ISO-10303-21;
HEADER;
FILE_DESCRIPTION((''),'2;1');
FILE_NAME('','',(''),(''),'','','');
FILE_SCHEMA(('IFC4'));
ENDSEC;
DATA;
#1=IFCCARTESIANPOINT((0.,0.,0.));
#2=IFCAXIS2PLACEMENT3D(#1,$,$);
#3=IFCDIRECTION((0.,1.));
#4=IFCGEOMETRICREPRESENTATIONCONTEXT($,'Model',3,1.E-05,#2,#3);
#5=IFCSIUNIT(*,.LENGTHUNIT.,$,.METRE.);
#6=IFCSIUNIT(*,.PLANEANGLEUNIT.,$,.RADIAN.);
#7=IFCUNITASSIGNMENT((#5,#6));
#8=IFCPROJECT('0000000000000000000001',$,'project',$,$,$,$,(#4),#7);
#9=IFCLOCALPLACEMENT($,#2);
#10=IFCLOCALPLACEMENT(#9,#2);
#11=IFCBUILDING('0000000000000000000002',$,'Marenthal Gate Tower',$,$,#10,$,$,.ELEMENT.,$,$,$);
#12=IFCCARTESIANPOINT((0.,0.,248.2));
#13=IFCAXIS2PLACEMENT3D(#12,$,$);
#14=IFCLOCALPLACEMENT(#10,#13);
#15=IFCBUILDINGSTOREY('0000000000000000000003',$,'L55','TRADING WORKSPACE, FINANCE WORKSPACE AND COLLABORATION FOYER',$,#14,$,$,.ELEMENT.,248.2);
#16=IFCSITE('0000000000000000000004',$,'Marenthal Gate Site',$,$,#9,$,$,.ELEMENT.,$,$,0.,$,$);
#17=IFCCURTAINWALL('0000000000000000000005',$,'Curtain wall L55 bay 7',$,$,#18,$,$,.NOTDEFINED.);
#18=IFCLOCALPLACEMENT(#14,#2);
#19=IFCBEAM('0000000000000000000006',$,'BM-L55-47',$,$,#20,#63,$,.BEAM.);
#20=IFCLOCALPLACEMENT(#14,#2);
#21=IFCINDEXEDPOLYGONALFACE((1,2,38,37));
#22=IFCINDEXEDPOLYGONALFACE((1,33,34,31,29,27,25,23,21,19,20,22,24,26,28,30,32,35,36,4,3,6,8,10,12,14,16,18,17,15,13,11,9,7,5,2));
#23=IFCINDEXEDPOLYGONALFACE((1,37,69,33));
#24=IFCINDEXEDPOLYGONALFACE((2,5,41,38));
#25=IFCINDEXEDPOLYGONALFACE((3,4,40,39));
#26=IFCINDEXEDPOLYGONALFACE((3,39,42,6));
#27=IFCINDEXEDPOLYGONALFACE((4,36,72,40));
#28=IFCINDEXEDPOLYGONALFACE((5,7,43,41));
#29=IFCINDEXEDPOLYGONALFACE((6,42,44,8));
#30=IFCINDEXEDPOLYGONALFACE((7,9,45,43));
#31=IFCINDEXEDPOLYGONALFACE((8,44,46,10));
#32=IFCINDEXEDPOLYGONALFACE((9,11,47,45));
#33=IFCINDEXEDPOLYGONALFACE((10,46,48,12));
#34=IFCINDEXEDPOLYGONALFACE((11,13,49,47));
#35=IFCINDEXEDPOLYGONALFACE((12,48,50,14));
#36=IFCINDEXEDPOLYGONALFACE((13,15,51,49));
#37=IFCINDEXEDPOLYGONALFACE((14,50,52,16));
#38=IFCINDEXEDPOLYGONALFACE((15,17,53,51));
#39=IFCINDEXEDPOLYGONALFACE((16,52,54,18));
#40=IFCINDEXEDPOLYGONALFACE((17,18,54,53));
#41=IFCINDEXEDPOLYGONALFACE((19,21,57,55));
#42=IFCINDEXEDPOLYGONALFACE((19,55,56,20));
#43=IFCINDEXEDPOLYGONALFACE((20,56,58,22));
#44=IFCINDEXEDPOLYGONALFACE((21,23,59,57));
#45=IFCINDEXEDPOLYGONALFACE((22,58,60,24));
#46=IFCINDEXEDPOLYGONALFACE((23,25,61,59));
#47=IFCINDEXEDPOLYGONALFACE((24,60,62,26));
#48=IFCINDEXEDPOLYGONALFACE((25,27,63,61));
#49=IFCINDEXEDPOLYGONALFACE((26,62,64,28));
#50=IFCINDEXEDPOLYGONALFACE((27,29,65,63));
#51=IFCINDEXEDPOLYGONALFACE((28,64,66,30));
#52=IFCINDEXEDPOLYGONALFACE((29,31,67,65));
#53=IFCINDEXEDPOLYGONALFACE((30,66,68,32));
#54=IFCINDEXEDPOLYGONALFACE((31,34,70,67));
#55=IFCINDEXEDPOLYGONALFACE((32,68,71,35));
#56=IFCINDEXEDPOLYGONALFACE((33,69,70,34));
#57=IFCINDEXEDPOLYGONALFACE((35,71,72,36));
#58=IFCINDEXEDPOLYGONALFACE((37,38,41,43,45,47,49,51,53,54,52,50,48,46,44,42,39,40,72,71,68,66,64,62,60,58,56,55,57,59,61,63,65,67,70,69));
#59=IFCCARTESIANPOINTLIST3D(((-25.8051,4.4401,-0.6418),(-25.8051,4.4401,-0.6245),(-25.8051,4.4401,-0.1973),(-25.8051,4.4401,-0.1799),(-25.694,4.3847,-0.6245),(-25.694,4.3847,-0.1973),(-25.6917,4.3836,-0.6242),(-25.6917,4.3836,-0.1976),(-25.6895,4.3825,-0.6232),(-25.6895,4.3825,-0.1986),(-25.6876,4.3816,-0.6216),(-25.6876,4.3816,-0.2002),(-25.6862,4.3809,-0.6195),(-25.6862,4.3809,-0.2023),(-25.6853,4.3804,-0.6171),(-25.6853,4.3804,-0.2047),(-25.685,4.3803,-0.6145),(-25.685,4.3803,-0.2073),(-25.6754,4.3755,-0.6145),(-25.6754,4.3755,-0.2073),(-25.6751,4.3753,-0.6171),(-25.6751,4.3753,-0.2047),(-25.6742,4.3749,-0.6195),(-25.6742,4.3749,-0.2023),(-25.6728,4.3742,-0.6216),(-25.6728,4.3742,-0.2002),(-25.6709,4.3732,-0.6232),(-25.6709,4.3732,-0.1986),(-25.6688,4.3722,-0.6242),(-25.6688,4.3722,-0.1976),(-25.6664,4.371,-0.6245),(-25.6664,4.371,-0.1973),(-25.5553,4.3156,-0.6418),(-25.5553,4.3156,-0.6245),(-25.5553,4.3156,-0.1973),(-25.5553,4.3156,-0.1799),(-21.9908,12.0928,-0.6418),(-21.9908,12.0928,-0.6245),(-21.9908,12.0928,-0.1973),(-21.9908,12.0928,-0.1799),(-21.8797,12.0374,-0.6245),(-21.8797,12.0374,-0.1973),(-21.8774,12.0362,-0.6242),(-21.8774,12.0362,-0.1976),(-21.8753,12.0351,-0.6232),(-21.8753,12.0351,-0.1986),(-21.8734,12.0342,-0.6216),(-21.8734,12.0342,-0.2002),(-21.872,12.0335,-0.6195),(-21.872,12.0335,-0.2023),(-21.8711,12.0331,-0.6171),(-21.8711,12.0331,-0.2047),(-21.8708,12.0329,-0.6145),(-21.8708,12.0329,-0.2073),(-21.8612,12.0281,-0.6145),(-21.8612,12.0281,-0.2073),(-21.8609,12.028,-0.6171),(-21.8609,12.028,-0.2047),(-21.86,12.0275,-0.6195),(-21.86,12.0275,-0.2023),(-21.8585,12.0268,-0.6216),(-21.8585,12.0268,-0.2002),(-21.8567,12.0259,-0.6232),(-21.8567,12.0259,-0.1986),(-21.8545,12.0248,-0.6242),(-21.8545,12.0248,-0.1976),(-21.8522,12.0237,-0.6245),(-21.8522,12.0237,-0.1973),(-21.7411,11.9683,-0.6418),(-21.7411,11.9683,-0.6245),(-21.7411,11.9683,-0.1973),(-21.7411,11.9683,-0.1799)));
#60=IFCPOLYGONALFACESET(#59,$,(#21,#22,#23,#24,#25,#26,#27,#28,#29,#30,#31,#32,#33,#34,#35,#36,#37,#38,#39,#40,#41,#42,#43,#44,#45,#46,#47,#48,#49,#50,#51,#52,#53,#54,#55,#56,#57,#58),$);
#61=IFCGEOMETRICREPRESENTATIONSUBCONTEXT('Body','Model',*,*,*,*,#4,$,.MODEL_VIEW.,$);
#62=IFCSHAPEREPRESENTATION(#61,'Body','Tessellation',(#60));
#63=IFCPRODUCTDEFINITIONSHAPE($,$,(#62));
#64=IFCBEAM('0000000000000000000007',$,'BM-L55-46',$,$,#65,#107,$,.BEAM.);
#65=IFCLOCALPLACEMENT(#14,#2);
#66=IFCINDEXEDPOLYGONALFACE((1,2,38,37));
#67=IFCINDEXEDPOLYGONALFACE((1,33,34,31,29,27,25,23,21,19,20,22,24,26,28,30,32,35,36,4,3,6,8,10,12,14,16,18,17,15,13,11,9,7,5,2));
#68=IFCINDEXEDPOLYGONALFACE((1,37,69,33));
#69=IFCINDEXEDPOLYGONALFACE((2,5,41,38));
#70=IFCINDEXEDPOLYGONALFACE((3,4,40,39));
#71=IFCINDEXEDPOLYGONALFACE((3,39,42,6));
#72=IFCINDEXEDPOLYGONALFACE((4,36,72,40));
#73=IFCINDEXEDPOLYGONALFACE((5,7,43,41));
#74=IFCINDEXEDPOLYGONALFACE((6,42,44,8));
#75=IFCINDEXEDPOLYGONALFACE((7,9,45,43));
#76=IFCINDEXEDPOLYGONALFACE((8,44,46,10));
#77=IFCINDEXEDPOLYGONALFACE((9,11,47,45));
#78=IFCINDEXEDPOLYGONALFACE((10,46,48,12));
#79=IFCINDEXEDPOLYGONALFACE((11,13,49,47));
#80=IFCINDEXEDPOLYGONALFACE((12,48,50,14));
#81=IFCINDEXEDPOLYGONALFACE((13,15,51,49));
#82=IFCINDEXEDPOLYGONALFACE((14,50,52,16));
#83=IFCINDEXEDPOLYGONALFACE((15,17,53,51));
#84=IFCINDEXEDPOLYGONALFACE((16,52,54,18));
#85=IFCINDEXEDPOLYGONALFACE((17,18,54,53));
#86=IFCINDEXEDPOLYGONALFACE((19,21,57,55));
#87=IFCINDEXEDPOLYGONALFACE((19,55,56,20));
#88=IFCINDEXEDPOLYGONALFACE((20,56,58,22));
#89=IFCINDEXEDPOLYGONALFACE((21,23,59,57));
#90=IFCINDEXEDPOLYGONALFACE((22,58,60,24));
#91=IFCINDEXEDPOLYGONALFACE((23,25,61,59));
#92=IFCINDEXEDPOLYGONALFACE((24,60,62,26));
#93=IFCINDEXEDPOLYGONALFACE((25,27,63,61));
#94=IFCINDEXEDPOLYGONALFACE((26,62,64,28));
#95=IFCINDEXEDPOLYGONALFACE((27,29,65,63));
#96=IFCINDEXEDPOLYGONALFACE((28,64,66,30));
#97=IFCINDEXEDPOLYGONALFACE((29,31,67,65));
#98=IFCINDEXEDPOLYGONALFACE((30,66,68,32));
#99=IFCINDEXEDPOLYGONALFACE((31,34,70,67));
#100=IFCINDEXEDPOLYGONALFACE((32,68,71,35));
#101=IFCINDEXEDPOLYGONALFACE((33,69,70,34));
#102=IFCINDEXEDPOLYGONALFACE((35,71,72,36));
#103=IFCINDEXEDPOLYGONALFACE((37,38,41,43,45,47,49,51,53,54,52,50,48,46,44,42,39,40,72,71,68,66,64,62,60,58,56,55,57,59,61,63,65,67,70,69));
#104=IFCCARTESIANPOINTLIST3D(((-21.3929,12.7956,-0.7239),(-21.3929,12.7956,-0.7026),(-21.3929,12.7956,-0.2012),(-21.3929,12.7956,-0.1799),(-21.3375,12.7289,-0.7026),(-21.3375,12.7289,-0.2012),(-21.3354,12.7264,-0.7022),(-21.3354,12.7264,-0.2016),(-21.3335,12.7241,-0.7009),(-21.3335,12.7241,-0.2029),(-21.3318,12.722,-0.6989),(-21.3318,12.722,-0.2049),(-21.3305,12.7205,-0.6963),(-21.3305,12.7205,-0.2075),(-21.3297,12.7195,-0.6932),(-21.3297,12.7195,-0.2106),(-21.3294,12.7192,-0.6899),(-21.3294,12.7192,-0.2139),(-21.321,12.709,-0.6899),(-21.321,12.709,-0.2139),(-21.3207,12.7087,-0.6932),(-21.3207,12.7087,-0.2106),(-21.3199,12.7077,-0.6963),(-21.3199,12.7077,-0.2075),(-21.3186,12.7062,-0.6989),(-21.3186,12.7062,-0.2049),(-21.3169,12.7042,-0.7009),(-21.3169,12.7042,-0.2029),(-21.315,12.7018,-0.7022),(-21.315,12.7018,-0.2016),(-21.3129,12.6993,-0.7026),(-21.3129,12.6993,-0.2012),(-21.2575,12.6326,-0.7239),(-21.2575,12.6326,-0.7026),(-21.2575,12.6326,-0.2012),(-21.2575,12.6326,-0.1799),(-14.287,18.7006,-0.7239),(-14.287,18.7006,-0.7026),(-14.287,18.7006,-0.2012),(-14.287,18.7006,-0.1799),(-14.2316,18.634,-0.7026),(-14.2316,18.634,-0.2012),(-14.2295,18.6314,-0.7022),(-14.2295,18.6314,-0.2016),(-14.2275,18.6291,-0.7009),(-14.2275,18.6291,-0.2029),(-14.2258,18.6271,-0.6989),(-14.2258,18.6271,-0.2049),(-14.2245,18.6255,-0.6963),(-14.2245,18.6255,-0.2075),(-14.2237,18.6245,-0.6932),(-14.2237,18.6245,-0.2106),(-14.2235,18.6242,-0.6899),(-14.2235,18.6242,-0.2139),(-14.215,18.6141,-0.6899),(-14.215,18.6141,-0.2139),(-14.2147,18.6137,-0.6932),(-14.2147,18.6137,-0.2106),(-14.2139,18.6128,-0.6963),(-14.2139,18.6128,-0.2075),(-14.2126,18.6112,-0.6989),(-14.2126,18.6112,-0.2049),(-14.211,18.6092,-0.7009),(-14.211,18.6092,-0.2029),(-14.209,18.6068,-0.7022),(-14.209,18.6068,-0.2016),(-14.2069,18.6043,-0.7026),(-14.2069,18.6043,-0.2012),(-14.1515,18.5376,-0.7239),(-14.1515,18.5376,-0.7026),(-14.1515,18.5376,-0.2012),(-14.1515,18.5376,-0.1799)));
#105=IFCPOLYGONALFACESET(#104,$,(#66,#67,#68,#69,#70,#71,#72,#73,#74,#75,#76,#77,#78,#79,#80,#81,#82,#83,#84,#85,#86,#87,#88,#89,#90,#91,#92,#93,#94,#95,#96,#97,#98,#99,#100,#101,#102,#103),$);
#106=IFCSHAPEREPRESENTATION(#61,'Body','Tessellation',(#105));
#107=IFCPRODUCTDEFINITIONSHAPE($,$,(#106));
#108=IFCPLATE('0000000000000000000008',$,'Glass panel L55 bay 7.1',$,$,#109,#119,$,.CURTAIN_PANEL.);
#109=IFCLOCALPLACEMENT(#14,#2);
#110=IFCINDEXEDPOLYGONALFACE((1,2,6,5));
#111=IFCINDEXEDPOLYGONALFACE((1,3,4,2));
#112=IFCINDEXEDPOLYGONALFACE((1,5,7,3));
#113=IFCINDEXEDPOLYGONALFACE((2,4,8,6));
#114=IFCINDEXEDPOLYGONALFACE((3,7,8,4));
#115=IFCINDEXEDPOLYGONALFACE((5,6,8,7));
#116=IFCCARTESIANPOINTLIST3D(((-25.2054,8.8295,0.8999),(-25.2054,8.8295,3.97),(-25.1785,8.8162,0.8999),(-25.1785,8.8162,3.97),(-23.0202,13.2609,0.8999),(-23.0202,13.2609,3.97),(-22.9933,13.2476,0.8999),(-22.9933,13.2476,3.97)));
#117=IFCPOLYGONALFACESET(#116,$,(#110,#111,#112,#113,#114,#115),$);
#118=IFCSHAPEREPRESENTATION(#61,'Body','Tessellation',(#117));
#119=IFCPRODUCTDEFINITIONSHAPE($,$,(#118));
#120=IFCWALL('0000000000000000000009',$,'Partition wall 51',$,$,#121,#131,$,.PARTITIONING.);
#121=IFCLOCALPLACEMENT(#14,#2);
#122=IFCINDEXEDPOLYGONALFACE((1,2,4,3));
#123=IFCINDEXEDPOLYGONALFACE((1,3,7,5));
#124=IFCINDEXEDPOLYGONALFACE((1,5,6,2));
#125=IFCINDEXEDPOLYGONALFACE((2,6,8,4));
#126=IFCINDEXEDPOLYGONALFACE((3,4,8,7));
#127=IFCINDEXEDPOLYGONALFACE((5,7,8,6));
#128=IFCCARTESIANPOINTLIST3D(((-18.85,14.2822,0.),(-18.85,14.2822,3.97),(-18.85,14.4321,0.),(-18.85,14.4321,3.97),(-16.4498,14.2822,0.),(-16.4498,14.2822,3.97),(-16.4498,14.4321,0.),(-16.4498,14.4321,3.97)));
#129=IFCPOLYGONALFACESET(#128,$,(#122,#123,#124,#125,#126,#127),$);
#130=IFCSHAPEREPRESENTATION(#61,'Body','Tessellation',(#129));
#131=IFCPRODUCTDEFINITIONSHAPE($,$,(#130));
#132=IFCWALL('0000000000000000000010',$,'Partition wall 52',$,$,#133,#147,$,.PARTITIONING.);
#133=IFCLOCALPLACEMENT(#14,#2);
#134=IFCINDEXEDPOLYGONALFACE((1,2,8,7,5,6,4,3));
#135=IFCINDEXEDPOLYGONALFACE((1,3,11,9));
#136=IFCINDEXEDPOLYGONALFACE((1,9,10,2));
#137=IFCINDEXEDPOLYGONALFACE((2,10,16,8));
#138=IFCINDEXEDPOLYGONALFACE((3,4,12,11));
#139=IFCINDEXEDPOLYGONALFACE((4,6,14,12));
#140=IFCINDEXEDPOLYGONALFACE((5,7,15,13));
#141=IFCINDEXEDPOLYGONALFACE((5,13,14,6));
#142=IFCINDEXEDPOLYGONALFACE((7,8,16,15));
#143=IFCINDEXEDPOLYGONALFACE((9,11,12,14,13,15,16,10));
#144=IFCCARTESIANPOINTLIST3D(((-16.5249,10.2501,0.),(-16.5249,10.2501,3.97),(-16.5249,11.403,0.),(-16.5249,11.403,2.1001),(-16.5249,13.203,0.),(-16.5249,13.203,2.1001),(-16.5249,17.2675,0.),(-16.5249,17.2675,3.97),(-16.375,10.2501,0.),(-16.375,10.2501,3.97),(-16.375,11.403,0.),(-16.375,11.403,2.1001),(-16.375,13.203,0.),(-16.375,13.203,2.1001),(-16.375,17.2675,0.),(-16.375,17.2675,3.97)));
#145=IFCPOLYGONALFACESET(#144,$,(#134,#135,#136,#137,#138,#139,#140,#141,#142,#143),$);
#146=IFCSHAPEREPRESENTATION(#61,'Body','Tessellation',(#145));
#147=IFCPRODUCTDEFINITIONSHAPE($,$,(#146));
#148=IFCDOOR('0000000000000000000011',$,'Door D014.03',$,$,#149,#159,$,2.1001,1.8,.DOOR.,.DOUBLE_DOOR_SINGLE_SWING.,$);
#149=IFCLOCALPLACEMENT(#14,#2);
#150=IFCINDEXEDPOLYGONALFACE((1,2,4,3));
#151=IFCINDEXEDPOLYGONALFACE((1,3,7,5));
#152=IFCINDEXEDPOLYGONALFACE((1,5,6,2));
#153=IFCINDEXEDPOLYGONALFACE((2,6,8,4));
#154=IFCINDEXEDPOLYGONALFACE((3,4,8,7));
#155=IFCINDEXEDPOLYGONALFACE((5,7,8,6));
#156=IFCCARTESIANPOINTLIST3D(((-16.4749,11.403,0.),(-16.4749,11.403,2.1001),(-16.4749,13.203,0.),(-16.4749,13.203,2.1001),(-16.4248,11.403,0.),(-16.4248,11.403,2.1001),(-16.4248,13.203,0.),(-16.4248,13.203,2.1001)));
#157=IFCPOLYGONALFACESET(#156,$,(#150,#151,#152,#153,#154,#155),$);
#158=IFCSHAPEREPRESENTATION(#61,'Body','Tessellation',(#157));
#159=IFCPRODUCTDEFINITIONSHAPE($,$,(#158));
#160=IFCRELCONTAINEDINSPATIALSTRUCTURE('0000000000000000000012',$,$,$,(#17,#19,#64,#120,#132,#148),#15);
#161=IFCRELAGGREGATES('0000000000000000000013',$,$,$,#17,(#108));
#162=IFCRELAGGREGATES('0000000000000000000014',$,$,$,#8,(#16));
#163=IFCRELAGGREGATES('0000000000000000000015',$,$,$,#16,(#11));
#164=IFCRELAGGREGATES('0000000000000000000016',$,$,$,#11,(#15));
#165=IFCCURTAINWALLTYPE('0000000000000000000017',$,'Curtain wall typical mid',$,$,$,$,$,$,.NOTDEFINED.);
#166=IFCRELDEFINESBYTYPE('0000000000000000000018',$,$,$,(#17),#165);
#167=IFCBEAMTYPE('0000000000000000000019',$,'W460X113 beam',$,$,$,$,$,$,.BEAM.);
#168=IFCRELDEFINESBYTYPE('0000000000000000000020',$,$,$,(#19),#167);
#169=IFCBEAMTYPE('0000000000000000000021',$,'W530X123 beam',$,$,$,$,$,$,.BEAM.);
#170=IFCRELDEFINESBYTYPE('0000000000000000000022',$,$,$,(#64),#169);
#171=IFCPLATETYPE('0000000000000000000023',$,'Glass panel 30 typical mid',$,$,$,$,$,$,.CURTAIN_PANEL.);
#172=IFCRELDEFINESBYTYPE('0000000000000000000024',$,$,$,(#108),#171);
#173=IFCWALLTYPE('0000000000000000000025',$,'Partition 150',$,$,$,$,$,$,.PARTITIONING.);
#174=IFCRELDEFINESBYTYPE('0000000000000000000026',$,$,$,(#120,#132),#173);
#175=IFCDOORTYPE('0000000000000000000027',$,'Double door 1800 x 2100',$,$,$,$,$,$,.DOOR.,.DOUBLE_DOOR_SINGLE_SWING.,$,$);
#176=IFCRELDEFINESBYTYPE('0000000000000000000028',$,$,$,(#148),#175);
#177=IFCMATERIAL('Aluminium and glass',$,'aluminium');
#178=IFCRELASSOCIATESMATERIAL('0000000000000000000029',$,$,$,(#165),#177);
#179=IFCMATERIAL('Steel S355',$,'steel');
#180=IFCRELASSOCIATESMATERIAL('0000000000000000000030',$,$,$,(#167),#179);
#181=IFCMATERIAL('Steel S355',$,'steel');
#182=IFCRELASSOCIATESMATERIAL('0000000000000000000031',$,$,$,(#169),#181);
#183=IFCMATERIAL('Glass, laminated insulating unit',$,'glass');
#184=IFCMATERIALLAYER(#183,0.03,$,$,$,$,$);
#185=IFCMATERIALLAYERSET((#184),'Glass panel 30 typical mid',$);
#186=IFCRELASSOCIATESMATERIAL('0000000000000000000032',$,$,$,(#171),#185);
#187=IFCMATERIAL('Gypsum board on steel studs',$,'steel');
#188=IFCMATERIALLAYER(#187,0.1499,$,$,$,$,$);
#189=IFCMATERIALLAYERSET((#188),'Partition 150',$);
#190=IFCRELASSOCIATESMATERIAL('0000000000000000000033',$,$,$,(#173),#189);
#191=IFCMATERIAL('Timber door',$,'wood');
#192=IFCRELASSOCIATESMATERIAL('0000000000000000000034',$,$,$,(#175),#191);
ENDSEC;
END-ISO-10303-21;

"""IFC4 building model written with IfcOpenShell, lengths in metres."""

from ifc_helpers import new_model, si_unit, direction, frame, frame_2d, origin, origin_2d, place, context, subcontext, project, spatial, rectangle, i_section, extrude, material, layer, layer_set, material_profile, profile_set, type_object, element, fill, aggregate, save


model = new_model("IFC4")

# Units and contexts
model_context = context("Model", 3, precision=1e-05, world=origin(), true_north=direction((0.0, 1.0)))
body_context = subcontext(model_context, "Body", "Model", "MODEL_VIEW")
ifc_project = project(units=[si_unit("LENGTHUNIT", "METRE"), si_unit("PLANEANGLEUNIT", "RADIAN")], contexts=[model_context])

# Site, building, storey
site_placement = place(None, origin())
site = spatial("IfcSite", under=ifc_project, at=site_placement, Name="Marenthal Gate Site", CompositionType="ELEMENT", RefElevation=0.0)
building_placement = place(site_placement, origin())
building = spatial("IfcBuilding", under=site, at=building_placement, Name="Marenthal Gate Tower", CompositionType="ELEMENT")
storey_placement = place(building_placement, frame((0.0, 0.0, 248.2)))
storey = spatial("IfcBuildingStorey", under=building, at=storey_placement, Name="L55", Description="TRADING WORKSPACE, FINANCE WORKSPACE AND COLLABORATION FOYER", CompositionType="ELEMENT", Elevation=248.2)

# Shared definitions
ifc_material_1 = material(Name="Aluminium and glass", Category="aluminium")
curtain_wall_type = type_object("IfcCurtainWallType", Name="Curtain wall typical mid", PredefinedType="NOTDEFINED", material=ifc_material_1)

# Curtain wall
curtain_wall_1_placement = place(storey_placement, origin())
curtain_wall_1 = element("IfcCurtainWall", 1, at=curtain_wall_1_placement, inside=storey, type_object=curtain_wall_type, Name="Curtain wall L55 bay 7", PredefinedType="NOTDEFINED")

# Beams
ifc_material_2 = material(Name="Steel S355", Category="steel")
ifc_material_profile_1 = material_profile(ifc_material_2, i_section(OverallWidth=0.2791, OverallDepth=0.4619, WebThickness=0.0107, FlangeThickness=0.0173, FilletRadius=0.01, at=origin_2d()), Name="W460X113")
ifc_profile_set_1 = profile_set([ifc_material_profile_1], Name="Steel S355")
beam_type_1 = type_object("IfcBeamType", Name="W460X113 beam", PredefinedType="BEAM", material=ifc_profile_set_1)
beam_1_placement = place(storey_placement, frame((-21.866, 12.0305, -0.4109), z_axis=(-0.446083, -0.894992, 0.0), x_axis=(0.894992, -0.446083, 0.0)))
element("IfcBeam", 2, at=beam_1_placement, inside=storey, type_object=beam_type_1, Name="BM-L55-47", PredefinedType="BEAM", context=body_context, shape_type="SweptSolid", body=[
    extrude(i_section(OverallWidth=0.2791, OverallDepth=0.4619, WebThickness=0.0107, FlangeThickness=0.0173, FilletRadius=0.01, at=origin_2d()), origin(), (0.0, 0.0, 1.0), 8.5505),
])
ifc_material_3 = material(Name="Steel S355", Category="steel")
ifc_material_profile_2 = material_profile(ifc_material_3, i_section(OverallWidth=0.2119, OverallDepth=0.5439, WebThickness=0.0132, FlangeThickness=0.0212, FilletRadius=0.0127, at=origin_2d()), Name="W530X123")
ifc_profile_set_2 = profile_set([ifc_material_profile_2], Name="Steel S355")
beam_type_2 = type_object("IfcBeamType", Name="W530X123 beam", PredefinedType="BEAM", material=ifc_profile_set_2)
beam_2_placement = place(storey_placement, frame((-14.2192, 18.6191, -0.4519), z_axis=(-0.769104, -0.639123, 0.0), x_axis=(0.639123, -0.769104, 0.0)))
element("IfcBeam", 3, at=beam_2_placement, inside=storey, type_object=beam_type_2, Name="BM-L55-46", PredefinedType="BEAM", context=body_context, shape_type="SweptSolid", body=[
    extrude(i_section(OverallWidth=0.2119, OverallDepth=0.5439, WebThickness=0.0132, FlangeThickness=0.0212, FilletRadius=0.0127, at=origin_2d()), origin(), (0.0, 0.0, 1.0), 9.2393),
])

# Plate
ifc_material_4 = material(Name="Glass, laminated insulating unit", Category="glass")
ifc_layer_1 = layer(ifc_material_4, 0.03)
ifc_layer_set_1 = layer_set([ifc_layer_1], Name="Glass panel 30 typical mid")
plate_type = type_object("IfcPlateType", Name="Glass panel 30 typical mid", PredefinedType="CURTAIN_PANEL", material=ifc_layer_set_1)
plate_placement = place(storey_placement, frame((-24.0994, 11.0386, 0.8999), z_axis=(0.0, 0.0, 1.0), x_axis=(-0.442269, -0.896882, 0.0)))
plate = element("IfcPlate", 4, at=plate_placement, type_object=plate_type, Name="Glass panel L55 bay 7.1", PredefinedType="CURTAIN_PANEL", context=body_context, shape_type="SweptSolid", body=[
    extrude(rectangle(XDim=4.9409, YDim=0.03, at=origin_2d()), origin(), (0.0, 0.0, 1.0), 3.0701),
])
aggregate(curtain_wall_1, [plate])

# Wall
ifc_material_5 = material(Name="Gypsum board on steel studs", Category="steel")
ifc_layer_2 = layer(ifc_material_5, 0.1499)
ifc_layer_set_2 = layer_set([ifc_layer_2], Name="Partition 150")
wall_type_1 = type_object("IfcWallType", Name="Partition 150", PredefinedType="PARTITIONING", material=ifc_layer_set_2)
wall_1_placement = place(storey_placement, frame((-18.8501, 14.3572, 0.0), z_axis=(0.0, 0.0, 1.0), x_axis=(1.0, 0.0, 0.0)))
element("IfcWall", 5, at=wall_1_placement, inside=storey, type_object=wall_type_1, Name="Partition wall 51", PredefinedType="PARTITIONING", context=body_context, shape_type="SweptSolid", body=[
    extrude(rectangle(XDim=2.4001, YDim=0.1499, at=frame_2d((1.2002, 0.0))), origin(), (0.0, 0.0, 1.0), 3.97),
])

# Wall, opening, door
wall_2_placement = place(storey_placement, frame((-16.45, 10.25, 0.0), z_axis=(0.0, 0.0, 1.0), x_axis=(0.0, 1.0, 0.0)))
wall_2 = element("IfcWall", 6, at=wall_2_placement, inside=storey, type_object=wall_type_1, Name="Partition wall 52", PredefinedType="PARTITIONING", context=body_context, shape_type="SweptSolid", body=[
    extrude(rectangle(XDim=7.0173, YDim=0.1499, at=frame_2d((3.5088, 0.0))), origin(), (0.0, 0.0, 1.0), 3.97),
])
opening_1_placement = place(wall_2_placement, frame((1.1531, 0.0, 0.0)))
opening_1 = element("IfcOpeningElement", 7, at=opening_1_placement, cuts=wall_2, PredefinedType="OPENING", context=body_context, shape_type="SweptSolid", body=[
    extrude(rectangle(XDim=1.8, YDim=2.1001, at=frame_2d((0.8999, 1.05))), frame((0.0, 0.085, 0.0), z_axis=(0.0, -1.0, 0.0), x_axis=(1.0, 0.0, 0.0)), (0.0, 0.0, 1.0), 0.1699),
])
ifc_material_6 = material(Name="Timber door", Category="wood")
door_type_1 = type_object("IfcDoorType", Name="Double door 1800 x 2100", OperationType="DOUBLE_DOOR_SINGLE_SWING", PredefinedType="DOOR", material=ifc_material_6)
door_1_placement = place(opening_1_placement, origin())
door_1 = element("IfcDoor", 8, at=door_1_placement, inside=storey, type_object=door_type_1, Name="Door D014.03", OperationType="DOUBLE_DOOR_SINGLE_SWING", OverallHeight=2.1001, OverallWidth=1.8, PredefinedType="DOOR", context=body_context, shape_type="SweptSolid", body=[
    extrude(rectangle(XDim=1.8, YDim=2.1001, at=frame_2d((0.8999, 1.05))), frame((0.0, 0.0249, 0.0), z_axis=(0.0, -1.0, 0.0), x_axis=(1.0, 0.0, 0.0)), (0.0, 0.0, 1.0), 0.05),
])
fill(opening_1, door_1)

save(model, "model.ifc")
